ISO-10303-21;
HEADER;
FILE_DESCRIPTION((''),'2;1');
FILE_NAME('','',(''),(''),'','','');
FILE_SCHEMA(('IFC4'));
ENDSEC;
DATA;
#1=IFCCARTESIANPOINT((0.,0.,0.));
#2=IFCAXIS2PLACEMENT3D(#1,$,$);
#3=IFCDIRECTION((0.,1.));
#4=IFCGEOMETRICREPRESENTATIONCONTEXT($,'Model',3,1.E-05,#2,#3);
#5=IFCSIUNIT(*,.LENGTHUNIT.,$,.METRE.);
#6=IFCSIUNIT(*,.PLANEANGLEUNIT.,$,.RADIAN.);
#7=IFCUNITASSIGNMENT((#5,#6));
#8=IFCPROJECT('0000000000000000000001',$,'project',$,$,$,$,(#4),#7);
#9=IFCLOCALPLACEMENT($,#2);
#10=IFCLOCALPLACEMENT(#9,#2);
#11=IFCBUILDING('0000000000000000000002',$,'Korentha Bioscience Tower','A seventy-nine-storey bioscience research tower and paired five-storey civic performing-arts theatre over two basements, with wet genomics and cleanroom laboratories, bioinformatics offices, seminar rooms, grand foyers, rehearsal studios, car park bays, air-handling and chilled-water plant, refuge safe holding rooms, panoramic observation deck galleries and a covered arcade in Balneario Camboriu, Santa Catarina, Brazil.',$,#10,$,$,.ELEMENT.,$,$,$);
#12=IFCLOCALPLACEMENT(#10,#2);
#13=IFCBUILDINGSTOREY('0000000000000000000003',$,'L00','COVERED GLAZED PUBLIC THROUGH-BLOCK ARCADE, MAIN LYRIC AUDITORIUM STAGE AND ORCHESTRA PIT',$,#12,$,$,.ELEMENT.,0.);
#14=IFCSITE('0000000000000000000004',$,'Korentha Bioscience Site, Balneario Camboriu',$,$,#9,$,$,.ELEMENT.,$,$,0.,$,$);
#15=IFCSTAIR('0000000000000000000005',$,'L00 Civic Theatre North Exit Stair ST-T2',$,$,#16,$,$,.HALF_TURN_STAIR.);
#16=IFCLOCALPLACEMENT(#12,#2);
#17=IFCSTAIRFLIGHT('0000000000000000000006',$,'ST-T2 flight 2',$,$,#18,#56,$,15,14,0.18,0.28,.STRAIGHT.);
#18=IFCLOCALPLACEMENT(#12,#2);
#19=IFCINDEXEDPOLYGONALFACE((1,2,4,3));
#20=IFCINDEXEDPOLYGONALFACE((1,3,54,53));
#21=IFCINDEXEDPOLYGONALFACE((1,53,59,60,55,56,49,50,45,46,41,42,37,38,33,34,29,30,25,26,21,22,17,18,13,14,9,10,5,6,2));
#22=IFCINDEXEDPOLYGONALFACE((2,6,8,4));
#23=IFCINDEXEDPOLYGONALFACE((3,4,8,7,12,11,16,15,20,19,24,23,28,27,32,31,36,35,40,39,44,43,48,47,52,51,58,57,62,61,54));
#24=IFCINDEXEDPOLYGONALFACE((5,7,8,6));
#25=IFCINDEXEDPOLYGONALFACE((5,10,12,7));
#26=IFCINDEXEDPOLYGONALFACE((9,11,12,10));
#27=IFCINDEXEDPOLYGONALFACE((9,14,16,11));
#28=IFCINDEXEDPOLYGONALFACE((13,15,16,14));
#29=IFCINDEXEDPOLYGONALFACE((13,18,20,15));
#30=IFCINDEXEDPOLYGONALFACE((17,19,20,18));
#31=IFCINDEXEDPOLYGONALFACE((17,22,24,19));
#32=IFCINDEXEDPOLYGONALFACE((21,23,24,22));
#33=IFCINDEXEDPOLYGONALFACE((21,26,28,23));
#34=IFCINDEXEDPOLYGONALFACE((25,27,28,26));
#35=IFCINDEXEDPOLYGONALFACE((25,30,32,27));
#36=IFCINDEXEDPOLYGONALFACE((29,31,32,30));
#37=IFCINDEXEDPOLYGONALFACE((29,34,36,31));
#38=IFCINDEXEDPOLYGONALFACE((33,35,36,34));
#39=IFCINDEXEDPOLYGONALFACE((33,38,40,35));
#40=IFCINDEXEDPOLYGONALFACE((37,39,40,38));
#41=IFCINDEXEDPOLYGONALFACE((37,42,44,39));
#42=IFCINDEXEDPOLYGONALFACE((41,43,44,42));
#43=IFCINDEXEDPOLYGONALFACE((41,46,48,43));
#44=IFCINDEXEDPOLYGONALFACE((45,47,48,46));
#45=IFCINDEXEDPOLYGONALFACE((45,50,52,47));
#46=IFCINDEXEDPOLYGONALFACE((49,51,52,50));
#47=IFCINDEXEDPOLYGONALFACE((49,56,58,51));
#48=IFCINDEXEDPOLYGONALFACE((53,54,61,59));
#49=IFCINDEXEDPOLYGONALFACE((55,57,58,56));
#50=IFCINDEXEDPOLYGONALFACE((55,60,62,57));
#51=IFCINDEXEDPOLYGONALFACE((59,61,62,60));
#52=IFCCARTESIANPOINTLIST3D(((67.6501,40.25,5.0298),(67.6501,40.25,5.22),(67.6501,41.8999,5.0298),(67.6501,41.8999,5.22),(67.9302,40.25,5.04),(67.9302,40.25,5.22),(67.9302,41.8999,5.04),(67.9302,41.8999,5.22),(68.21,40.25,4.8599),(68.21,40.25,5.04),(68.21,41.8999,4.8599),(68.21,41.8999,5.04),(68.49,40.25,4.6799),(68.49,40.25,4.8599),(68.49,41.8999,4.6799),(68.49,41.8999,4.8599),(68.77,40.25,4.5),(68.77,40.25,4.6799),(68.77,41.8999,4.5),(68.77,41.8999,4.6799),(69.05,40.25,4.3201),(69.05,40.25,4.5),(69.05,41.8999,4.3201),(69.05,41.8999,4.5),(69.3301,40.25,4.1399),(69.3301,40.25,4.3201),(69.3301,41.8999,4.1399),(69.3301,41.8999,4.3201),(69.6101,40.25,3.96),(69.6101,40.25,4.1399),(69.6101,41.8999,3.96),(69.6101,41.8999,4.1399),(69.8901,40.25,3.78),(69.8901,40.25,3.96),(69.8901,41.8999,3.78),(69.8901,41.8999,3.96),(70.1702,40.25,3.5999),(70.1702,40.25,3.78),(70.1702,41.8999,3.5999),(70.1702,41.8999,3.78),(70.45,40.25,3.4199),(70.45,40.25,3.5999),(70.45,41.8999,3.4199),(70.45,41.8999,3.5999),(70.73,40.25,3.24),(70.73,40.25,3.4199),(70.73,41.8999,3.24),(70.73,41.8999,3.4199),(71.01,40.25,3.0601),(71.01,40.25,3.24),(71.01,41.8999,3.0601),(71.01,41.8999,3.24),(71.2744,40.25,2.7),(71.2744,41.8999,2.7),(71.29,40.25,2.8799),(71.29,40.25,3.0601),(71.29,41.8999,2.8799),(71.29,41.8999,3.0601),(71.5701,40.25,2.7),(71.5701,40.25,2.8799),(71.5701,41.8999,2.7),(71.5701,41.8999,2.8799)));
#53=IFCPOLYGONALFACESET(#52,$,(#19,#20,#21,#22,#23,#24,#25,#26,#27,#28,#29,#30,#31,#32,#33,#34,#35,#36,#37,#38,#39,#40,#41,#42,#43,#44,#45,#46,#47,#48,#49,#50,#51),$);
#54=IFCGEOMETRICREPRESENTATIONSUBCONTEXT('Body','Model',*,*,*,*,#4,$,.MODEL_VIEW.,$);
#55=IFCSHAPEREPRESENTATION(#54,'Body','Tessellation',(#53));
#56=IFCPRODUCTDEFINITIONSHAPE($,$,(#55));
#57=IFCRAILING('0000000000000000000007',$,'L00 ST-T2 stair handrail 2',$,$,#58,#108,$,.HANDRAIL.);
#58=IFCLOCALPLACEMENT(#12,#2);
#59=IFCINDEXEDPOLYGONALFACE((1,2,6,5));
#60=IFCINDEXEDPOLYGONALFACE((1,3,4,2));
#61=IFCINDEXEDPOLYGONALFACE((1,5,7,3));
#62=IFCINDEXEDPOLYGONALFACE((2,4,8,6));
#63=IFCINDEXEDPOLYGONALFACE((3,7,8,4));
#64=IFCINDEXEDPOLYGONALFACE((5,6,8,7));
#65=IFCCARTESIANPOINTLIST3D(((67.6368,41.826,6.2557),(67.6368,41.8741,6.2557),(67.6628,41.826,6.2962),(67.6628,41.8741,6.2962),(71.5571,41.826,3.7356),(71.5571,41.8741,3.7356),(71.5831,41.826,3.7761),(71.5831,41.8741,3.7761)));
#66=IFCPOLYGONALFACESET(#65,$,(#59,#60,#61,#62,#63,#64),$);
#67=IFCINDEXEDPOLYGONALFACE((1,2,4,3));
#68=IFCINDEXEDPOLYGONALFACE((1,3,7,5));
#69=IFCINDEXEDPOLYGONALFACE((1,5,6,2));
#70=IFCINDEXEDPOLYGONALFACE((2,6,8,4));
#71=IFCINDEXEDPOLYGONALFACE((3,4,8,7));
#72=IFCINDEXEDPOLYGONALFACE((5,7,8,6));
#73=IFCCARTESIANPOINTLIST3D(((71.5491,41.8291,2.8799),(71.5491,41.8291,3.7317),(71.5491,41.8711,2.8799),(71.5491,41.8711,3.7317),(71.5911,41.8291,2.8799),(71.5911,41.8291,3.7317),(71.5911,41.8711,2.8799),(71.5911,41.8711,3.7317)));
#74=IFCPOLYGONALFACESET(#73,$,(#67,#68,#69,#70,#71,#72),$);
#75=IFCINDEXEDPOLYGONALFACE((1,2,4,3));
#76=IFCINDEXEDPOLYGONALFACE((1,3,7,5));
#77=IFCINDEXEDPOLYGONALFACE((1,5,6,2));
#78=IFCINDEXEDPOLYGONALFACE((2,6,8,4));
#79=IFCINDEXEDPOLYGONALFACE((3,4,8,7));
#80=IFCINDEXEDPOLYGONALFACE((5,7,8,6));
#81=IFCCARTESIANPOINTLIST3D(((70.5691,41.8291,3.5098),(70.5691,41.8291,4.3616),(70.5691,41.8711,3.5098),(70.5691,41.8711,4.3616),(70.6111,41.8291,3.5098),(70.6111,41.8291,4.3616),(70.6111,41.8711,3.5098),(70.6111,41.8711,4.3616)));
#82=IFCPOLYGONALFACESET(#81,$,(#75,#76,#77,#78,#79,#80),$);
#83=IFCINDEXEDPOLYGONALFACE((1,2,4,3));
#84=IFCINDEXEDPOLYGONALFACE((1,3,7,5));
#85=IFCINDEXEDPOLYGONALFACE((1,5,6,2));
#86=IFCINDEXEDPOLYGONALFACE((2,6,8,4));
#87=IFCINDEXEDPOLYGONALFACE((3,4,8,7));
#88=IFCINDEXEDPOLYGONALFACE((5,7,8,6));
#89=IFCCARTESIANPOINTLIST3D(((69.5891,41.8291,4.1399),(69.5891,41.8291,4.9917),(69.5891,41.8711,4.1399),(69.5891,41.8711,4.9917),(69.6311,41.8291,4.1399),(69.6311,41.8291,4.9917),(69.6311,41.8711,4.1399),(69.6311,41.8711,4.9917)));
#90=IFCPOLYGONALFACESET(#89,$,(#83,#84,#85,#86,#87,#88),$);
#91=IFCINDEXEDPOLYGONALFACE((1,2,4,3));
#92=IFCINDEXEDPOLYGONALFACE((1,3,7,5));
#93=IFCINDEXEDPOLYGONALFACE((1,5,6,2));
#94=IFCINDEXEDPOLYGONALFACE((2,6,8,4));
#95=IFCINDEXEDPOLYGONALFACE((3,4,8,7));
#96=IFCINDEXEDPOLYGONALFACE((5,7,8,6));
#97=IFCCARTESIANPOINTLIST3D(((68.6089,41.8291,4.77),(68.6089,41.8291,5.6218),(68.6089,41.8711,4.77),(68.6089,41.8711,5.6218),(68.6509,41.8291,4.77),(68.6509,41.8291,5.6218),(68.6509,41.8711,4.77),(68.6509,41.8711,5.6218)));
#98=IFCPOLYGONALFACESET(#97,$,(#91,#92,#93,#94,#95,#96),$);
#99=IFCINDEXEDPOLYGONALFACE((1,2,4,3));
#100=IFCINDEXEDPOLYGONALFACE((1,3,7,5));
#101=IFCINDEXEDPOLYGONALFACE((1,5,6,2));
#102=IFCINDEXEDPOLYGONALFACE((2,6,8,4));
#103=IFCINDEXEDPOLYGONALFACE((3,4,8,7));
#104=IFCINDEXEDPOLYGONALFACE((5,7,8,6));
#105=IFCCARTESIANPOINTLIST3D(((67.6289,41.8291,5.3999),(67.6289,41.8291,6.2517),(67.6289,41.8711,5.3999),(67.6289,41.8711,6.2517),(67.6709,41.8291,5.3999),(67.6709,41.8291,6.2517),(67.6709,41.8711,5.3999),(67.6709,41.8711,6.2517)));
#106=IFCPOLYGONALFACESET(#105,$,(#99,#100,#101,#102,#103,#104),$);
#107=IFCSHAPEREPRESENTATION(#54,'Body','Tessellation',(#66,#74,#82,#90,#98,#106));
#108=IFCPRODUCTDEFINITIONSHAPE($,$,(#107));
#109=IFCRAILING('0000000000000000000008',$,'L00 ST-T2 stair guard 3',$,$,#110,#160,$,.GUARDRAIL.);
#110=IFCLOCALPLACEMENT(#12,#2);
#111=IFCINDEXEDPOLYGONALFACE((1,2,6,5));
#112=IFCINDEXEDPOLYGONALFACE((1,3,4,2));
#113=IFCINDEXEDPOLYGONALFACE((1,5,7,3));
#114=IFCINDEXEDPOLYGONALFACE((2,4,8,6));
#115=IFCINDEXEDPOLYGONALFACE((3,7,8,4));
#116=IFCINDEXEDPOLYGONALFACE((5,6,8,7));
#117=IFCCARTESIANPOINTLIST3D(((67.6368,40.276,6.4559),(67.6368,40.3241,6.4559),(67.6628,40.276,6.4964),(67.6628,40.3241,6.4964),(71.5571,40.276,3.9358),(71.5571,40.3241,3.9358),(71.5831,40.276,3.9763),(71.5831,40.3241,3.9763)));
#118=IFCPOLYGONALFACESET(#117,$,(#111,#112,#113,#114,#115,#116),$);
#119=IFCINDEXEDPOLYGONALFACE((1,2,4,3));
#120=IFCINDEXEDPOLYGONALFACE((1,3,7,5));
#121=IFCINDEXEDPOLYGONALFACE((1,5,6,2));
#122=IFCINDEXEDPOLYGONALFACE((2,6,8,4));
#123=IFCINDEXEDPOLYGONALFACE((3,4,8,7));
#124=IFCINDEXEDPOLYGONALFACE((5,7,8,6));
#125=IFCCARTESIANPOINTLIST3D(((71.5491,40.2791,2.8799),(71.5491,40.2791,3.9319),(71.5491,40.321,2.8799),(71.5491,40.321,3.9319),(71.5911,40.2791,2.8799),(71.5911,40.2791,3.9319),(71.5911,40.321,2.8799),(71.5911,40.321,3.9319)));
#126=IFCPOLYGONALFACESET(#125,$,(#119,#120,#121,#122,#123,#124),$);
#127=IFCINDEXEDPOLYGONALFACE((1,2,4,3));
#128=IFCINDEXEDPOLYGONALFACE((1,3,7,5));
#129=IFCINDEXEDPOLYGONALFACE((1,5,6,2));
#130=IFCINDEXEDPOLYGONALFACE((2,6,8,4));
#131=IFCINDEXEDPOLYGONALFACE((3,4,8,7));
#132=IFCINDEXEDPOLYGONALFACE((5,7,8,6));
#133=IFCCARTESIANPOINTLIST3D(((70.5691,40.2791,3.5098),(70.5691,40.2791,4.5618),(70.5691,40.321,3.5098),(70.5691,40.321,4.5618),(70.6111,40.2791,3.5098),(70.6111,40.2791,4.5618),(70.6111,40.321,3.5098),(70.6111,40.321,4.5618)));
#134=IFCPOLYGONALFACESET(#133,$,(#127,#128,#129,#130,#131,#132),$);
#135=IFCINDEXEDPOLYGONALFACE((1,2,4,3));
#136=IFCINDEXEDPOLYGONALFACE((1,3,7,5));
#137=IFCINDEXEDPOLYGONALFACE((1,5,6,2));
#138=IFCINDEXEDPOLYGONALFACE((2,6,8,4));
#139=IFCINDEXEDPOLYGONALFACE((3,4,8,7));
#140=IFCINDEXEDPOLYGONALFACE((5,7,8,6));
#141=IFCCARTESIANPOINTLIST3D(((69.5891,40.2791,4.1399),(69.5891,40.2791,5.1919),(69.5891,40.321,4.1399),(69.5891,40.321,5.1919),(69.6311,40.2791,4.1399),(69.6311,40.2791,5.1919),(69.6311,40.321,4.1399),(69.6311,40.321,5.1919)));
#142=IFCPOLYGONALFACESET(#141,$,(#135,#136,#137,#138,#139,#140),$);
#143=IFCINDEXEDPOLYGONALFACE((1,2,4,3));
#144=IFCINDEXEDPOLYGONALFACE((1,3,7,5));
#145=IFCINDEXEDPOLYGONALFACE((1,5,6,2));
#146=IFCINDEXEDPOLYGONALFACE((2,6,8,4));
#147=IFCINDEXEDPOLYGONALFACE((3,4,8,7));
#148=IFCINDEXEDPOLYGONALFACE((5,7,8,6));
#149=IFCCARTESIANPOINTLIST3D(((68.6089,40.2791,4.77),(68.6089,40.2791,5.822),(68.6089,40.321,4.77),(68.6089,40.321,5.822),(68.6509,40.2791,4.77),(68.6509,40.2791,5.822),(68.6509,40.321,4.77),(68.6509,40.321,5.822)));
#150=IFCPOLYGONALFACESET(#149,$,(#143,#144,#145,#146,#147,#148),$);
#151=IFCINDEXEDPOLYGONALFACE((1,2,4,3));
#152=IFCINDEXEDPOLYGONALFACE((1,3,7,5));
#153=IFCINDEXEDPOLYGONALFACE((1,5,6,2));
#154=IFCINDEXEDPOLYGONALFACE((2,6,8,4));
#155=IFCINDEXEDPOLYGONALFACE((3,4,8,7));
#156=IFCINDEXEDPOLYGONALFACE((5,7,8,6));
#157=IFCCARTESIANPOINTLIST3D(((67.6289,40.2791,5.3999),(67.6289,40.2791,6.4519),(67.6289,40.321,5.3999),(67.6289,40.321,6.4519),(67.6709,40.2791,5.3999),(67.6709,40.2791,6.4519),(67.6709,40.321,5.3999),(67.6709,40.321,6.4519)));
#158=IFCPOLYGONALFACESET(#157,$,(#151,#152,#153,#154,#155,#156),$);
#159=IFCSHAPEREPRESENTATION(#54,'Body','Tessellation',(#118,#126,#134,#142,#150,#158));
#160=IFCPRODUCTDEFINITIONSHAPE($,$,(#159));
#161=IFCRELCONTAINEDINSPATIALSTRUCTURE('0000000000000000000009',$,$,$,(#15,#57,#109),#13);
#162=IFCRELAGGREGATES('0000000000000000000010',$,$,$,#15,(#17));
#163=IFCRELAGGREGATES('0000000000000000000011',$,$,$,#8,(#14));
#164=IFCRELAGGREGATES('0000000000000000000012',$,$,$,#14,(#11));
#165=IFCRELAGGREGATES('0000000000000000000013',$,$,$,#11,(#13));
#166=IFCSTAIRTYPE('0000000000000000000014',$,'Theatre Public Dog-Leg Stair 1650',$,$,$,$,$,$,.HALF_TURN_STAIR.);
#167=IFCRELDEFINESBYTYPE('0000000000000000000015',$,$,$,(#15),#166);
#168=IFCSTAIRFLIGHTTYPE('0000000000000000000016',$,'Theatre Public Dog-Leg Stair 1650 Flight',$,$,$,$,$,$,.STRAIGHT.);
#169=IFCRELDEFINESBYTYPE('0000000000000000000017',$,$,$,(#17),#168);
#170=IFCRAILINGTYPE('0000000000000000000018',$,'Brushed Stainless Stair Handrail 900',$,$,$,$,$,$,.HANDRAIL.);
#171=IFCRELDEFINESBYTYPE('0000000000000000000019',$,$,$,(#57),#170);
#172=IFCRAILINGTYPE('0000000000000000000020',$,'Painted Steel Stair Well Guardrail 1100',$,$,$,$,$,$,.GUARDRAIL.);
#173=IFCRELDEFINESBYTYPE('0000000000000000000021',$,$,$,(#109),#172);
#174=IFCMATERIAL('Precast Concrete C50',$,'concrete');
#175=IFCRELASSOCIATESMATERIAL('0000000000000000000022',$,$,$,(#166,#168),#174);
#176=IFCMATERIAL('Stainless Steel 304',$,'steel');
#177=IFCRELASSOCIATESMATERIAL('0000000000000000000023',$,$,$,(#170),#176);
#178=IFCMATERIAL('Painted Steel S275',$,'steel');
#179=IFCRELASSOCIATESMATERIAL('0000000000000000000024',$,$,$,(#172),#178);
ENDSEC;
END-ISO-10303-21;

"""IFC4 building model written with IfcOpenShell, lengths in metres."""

from ifc_helpers import new_model, si_unit, direction, frame, origin, origin_2d, place, context, subcontext, project, spatial, polyline, rectangle, outline, extrude, material, type_object, element, aggregate, save


model = new_model("IFC4")

# Units and contexts
model_context = context("Model", 3, precision=1e-05, world=origin(), true_north=direction((0.0, 1.0)))
body_context = subcontext(model_context, "Body", "Model", "MODEL_VIEW")
ifc_project = project(units=[si_unit("LENGTHUNIT", "METRE"), si_unit("PLANEANGLEUNIT", "RADIAN")], contexts=[model_context])

# Site, building, storey
site_placement = place(None, origin())
site = spatial("IfcSite", under=ifc_project, at=site_placement, Name="Korentha Bioscience Site, Balneario Camboriu", CompositionType="ELEMENT", RefElevation=0.0)
building_placement = place(site_placement, origin())
building = spatial("IfcBuilding", under=site, at=building_placement, Name="Korentha Bioscience Tower", Description="A seventy-nine-storey bioscience research tower and paired five-storey civic performing-arts theatre over two basements, with wet genomics and cleanroom laboratories, bioinformatics offices, seminar rooms, grand foyers, rehearsal studios, car park bays, air-handling and chilled-water plant, refuge safe holding rooms, panoramic observation deck galleries and a covered arcade in Balneario Camboriu, Santa Catarina, Brazil.", CompositionType="ELEMENT")
storey_placement = place(building_placement, origin())
storey = spatial("IfcBuildingStorey", under=building, at=storey_placement, Name="L00", Description="COVERED GLAZED PUBLIC THROUGH-BLOCK ARCADE, MAIN LYRIC AUDITORIUM STAGE AND ORCHESTRA PIT", CompositionType="ELEMENT", Elevation=0.0)

# Stair, stair flight
ifc_material_1 = material(Name="Precast Concrete C50", Category="concrete")
stair_type = type_object("IfcStairType", Name="Theatre Public Dog-Leg Stair 1650", PredefinedType="HALF_TURN_STAIR", material=ifc_material_1)
stair_placement = place(storey_placement, origin())
stair = element("IfcStair", 1, at=stair_placement, inside=storey, type_object=stair_type, Name="L00 Civic Theatre North Exit Stair ST-T2", PredefinedType="HALF_TURN_STAIR")
stair_flight_type = type_object("IfcStairFlightType", Name="Theatre Public Dog-Leg Stair 1650 Flight", PredefinedType="STRAIGHT", material=ifc_material_1)
stair_flight_placement = place(storey_placement, frame((71.5701, 41.075, 2.7), z_axis=(0.0, 0.0, 1.0), x_axis=(-1.0, 0.0, 0.0)))
stair_flight = element("IfcStairFlight", 2, at=stair_flight_placement, type_object=stair_flight_type, Name="ST-T2 flight 2", NumberOfRisers=15, NumberOfTreads=14, PredefinedType="STRAIGHT", RiserHeight=0.18, TreadLength=0.28, context=body_context, shape_type="SweptSolid", body=[
    extrude(outline(polyline([(0.0, 0.0), (0.0, 0.1799), (0.28, 0.1799), (0.28, 0.3601), (0.5601, 0.3601), (0.5601, 0.54), (0.8401, 0.54), (0.8401, 0.72), (1.1201, 0.72), (1.1201, 0.8999), (1.3999, 0.8999), (1.3999, 1.0801), (1.6799, 1.0801), (1.6799, 1.26), (1.96, 1.26), (1.96, 1.4399), (2.24, 1.4399), (2.24, 1.6201), (2.52, 1.6201), (2.52, 1.8), (2.8, 1.8), (2.8, 1.98), (3.0801, 1.98), (3.0801, 2.1599), (3.3601, 2.1599), (3.3601, 2.3401), (3.6399, 2.3401), (3.6399, 2.52), (3.9199, 2.52), (3.9199, 2.7), (3.9199, 2.3298), (0.2957, 0.0), (0.0, 0.0)])), frame((0.0, 0.825, 0.0), z_axis=(0.0, -1.0, 0.0), x_axis=(1.0, 0.0, 0.0)), (0.0, 0.0, 1.0), 1.6499),
])
aggregate(stair, [stair_flight])

# Railings
ifc_material_2 = material(Name="Stainless Steel 304", Category="steel")
railing_type_1 = type_object("IfcRailingType", Name="Brushed Stainless Stair Handrail 900", PredefinedType="HANDRAIL", material=ifc_material_2)
railing_1_placement = place(storey_placement, frame((71.5701, 41.8501, 2.8799)))
element("IfcRailing", 3, at=railing_1_placement, inside=storey, type_object=railing_type_1, Name="L00 ST-T2 stair handrail 2", PredefinedType="HANDRAIL", context=body_context, shape_type="SweptSolid", body=[
    extrude(rectangle(XDim=0.0481, YDim=0.0481, at=origin_2d()), frame((0.0, 0.0, 0.876), z_axis=(-0.841187, 0.0, 0.540744), x_axis=(0.0, -1.0, 0.0)), (0.0, 0.0, 1.0), 4.6604),
    extrude(rectangle(XDim=0.042, YDim=0.042, at=origin_2d()), origin(), (0.0, 0.0, 1.0), 0.8518),
    extrude(rectangle(XDim=0.042, YDim=0.042, at=origin_2d()), frame((-0.98, 0.0, 0.6299)), (0.0, 0.0, 1.0), 0.8518),
    extrude(rectangle(XDim=0.042, YDim=0.042, at=origin_2d()), frame((-1.96, 0.0, 1.26)), (0.0, 0.0, 1.0), 0.8518),
    extrude(rectangle(XDim=0.042, YDim=0.042, at=origin_2d()), frame((-2.9402, 0.0, 1.8901)), (0.0, 0.0, 1.0), 0.8518),
    extrude(rectangle(XDim=0.042, YDim=0.042, at=origin_2d()), frame((-3.9202, 0.0, 2.52)), (0.0, 0.0, 1.0), 0.8518),
])
ifc_material_3 = material(Name="Painted Steel S275", Category="steel")
railing_type_2 = type_object("IfcRailingType", Name="Painted Steel Stair Well Guardrail 1100", PredefinedType="GUARDRAIL", material=ifc_material_3)
railing_2_placement = place(storey_placement, frame((71.5701, 40.3, 2.8799)))
element("IfcRailing", 4, at=railing_2_placement, inside=storey, type_object=railing_type_2, Name="L00 ST-T2 stair guard 3", PredefinedType="GUARDRAIL", context=body_context, shape_type="SweptSolid", body=[
    extrude(rectangle(XDim=0.0481, YDim=0.0481, at=origin_2d()), frame((0.0, 0.0, 1.0762), z_axis=(-0.841187, 0.0, 0.540744), x_axis=(0.0, -1.0, 0.0)), (0.0, 0.0, 1.0), 4.6604),
    extrude(rectangle(XDim=0.042, YDim=0.042, at=origin_2d()), origin(), (0.0, 0.0, 1.0), 1.052),
    extrude(rectangle(XDim=0.042, YDim=0.042, at=origin_2d()), frame((-0.98, 0.0, 0.6299)), (0.0, 0.0, 1.0), 1.052),
    extrude(rectangle(XDim=0.042, YDim=0.042, at=origin_2d()), frame((-1.96, 0.0, 1.26)), (0.0, 0.0, 1.0), 1.052),
    extrude(rectangle(XDim=0.042, YDim=0.042, at=origin_2d()), frame((-2.9402, 0.0, 1.8901)), (0.0, 0.0, 1.0), 1.052),
    extrude(rectangle(XDim=0.042, YDim=0.042, at=origin_2d()), frame((-3.9202, 0.0, 2.52)), (0.0, 0.0, 1.0), 1.052),
])

save(model, "model.ifc")
